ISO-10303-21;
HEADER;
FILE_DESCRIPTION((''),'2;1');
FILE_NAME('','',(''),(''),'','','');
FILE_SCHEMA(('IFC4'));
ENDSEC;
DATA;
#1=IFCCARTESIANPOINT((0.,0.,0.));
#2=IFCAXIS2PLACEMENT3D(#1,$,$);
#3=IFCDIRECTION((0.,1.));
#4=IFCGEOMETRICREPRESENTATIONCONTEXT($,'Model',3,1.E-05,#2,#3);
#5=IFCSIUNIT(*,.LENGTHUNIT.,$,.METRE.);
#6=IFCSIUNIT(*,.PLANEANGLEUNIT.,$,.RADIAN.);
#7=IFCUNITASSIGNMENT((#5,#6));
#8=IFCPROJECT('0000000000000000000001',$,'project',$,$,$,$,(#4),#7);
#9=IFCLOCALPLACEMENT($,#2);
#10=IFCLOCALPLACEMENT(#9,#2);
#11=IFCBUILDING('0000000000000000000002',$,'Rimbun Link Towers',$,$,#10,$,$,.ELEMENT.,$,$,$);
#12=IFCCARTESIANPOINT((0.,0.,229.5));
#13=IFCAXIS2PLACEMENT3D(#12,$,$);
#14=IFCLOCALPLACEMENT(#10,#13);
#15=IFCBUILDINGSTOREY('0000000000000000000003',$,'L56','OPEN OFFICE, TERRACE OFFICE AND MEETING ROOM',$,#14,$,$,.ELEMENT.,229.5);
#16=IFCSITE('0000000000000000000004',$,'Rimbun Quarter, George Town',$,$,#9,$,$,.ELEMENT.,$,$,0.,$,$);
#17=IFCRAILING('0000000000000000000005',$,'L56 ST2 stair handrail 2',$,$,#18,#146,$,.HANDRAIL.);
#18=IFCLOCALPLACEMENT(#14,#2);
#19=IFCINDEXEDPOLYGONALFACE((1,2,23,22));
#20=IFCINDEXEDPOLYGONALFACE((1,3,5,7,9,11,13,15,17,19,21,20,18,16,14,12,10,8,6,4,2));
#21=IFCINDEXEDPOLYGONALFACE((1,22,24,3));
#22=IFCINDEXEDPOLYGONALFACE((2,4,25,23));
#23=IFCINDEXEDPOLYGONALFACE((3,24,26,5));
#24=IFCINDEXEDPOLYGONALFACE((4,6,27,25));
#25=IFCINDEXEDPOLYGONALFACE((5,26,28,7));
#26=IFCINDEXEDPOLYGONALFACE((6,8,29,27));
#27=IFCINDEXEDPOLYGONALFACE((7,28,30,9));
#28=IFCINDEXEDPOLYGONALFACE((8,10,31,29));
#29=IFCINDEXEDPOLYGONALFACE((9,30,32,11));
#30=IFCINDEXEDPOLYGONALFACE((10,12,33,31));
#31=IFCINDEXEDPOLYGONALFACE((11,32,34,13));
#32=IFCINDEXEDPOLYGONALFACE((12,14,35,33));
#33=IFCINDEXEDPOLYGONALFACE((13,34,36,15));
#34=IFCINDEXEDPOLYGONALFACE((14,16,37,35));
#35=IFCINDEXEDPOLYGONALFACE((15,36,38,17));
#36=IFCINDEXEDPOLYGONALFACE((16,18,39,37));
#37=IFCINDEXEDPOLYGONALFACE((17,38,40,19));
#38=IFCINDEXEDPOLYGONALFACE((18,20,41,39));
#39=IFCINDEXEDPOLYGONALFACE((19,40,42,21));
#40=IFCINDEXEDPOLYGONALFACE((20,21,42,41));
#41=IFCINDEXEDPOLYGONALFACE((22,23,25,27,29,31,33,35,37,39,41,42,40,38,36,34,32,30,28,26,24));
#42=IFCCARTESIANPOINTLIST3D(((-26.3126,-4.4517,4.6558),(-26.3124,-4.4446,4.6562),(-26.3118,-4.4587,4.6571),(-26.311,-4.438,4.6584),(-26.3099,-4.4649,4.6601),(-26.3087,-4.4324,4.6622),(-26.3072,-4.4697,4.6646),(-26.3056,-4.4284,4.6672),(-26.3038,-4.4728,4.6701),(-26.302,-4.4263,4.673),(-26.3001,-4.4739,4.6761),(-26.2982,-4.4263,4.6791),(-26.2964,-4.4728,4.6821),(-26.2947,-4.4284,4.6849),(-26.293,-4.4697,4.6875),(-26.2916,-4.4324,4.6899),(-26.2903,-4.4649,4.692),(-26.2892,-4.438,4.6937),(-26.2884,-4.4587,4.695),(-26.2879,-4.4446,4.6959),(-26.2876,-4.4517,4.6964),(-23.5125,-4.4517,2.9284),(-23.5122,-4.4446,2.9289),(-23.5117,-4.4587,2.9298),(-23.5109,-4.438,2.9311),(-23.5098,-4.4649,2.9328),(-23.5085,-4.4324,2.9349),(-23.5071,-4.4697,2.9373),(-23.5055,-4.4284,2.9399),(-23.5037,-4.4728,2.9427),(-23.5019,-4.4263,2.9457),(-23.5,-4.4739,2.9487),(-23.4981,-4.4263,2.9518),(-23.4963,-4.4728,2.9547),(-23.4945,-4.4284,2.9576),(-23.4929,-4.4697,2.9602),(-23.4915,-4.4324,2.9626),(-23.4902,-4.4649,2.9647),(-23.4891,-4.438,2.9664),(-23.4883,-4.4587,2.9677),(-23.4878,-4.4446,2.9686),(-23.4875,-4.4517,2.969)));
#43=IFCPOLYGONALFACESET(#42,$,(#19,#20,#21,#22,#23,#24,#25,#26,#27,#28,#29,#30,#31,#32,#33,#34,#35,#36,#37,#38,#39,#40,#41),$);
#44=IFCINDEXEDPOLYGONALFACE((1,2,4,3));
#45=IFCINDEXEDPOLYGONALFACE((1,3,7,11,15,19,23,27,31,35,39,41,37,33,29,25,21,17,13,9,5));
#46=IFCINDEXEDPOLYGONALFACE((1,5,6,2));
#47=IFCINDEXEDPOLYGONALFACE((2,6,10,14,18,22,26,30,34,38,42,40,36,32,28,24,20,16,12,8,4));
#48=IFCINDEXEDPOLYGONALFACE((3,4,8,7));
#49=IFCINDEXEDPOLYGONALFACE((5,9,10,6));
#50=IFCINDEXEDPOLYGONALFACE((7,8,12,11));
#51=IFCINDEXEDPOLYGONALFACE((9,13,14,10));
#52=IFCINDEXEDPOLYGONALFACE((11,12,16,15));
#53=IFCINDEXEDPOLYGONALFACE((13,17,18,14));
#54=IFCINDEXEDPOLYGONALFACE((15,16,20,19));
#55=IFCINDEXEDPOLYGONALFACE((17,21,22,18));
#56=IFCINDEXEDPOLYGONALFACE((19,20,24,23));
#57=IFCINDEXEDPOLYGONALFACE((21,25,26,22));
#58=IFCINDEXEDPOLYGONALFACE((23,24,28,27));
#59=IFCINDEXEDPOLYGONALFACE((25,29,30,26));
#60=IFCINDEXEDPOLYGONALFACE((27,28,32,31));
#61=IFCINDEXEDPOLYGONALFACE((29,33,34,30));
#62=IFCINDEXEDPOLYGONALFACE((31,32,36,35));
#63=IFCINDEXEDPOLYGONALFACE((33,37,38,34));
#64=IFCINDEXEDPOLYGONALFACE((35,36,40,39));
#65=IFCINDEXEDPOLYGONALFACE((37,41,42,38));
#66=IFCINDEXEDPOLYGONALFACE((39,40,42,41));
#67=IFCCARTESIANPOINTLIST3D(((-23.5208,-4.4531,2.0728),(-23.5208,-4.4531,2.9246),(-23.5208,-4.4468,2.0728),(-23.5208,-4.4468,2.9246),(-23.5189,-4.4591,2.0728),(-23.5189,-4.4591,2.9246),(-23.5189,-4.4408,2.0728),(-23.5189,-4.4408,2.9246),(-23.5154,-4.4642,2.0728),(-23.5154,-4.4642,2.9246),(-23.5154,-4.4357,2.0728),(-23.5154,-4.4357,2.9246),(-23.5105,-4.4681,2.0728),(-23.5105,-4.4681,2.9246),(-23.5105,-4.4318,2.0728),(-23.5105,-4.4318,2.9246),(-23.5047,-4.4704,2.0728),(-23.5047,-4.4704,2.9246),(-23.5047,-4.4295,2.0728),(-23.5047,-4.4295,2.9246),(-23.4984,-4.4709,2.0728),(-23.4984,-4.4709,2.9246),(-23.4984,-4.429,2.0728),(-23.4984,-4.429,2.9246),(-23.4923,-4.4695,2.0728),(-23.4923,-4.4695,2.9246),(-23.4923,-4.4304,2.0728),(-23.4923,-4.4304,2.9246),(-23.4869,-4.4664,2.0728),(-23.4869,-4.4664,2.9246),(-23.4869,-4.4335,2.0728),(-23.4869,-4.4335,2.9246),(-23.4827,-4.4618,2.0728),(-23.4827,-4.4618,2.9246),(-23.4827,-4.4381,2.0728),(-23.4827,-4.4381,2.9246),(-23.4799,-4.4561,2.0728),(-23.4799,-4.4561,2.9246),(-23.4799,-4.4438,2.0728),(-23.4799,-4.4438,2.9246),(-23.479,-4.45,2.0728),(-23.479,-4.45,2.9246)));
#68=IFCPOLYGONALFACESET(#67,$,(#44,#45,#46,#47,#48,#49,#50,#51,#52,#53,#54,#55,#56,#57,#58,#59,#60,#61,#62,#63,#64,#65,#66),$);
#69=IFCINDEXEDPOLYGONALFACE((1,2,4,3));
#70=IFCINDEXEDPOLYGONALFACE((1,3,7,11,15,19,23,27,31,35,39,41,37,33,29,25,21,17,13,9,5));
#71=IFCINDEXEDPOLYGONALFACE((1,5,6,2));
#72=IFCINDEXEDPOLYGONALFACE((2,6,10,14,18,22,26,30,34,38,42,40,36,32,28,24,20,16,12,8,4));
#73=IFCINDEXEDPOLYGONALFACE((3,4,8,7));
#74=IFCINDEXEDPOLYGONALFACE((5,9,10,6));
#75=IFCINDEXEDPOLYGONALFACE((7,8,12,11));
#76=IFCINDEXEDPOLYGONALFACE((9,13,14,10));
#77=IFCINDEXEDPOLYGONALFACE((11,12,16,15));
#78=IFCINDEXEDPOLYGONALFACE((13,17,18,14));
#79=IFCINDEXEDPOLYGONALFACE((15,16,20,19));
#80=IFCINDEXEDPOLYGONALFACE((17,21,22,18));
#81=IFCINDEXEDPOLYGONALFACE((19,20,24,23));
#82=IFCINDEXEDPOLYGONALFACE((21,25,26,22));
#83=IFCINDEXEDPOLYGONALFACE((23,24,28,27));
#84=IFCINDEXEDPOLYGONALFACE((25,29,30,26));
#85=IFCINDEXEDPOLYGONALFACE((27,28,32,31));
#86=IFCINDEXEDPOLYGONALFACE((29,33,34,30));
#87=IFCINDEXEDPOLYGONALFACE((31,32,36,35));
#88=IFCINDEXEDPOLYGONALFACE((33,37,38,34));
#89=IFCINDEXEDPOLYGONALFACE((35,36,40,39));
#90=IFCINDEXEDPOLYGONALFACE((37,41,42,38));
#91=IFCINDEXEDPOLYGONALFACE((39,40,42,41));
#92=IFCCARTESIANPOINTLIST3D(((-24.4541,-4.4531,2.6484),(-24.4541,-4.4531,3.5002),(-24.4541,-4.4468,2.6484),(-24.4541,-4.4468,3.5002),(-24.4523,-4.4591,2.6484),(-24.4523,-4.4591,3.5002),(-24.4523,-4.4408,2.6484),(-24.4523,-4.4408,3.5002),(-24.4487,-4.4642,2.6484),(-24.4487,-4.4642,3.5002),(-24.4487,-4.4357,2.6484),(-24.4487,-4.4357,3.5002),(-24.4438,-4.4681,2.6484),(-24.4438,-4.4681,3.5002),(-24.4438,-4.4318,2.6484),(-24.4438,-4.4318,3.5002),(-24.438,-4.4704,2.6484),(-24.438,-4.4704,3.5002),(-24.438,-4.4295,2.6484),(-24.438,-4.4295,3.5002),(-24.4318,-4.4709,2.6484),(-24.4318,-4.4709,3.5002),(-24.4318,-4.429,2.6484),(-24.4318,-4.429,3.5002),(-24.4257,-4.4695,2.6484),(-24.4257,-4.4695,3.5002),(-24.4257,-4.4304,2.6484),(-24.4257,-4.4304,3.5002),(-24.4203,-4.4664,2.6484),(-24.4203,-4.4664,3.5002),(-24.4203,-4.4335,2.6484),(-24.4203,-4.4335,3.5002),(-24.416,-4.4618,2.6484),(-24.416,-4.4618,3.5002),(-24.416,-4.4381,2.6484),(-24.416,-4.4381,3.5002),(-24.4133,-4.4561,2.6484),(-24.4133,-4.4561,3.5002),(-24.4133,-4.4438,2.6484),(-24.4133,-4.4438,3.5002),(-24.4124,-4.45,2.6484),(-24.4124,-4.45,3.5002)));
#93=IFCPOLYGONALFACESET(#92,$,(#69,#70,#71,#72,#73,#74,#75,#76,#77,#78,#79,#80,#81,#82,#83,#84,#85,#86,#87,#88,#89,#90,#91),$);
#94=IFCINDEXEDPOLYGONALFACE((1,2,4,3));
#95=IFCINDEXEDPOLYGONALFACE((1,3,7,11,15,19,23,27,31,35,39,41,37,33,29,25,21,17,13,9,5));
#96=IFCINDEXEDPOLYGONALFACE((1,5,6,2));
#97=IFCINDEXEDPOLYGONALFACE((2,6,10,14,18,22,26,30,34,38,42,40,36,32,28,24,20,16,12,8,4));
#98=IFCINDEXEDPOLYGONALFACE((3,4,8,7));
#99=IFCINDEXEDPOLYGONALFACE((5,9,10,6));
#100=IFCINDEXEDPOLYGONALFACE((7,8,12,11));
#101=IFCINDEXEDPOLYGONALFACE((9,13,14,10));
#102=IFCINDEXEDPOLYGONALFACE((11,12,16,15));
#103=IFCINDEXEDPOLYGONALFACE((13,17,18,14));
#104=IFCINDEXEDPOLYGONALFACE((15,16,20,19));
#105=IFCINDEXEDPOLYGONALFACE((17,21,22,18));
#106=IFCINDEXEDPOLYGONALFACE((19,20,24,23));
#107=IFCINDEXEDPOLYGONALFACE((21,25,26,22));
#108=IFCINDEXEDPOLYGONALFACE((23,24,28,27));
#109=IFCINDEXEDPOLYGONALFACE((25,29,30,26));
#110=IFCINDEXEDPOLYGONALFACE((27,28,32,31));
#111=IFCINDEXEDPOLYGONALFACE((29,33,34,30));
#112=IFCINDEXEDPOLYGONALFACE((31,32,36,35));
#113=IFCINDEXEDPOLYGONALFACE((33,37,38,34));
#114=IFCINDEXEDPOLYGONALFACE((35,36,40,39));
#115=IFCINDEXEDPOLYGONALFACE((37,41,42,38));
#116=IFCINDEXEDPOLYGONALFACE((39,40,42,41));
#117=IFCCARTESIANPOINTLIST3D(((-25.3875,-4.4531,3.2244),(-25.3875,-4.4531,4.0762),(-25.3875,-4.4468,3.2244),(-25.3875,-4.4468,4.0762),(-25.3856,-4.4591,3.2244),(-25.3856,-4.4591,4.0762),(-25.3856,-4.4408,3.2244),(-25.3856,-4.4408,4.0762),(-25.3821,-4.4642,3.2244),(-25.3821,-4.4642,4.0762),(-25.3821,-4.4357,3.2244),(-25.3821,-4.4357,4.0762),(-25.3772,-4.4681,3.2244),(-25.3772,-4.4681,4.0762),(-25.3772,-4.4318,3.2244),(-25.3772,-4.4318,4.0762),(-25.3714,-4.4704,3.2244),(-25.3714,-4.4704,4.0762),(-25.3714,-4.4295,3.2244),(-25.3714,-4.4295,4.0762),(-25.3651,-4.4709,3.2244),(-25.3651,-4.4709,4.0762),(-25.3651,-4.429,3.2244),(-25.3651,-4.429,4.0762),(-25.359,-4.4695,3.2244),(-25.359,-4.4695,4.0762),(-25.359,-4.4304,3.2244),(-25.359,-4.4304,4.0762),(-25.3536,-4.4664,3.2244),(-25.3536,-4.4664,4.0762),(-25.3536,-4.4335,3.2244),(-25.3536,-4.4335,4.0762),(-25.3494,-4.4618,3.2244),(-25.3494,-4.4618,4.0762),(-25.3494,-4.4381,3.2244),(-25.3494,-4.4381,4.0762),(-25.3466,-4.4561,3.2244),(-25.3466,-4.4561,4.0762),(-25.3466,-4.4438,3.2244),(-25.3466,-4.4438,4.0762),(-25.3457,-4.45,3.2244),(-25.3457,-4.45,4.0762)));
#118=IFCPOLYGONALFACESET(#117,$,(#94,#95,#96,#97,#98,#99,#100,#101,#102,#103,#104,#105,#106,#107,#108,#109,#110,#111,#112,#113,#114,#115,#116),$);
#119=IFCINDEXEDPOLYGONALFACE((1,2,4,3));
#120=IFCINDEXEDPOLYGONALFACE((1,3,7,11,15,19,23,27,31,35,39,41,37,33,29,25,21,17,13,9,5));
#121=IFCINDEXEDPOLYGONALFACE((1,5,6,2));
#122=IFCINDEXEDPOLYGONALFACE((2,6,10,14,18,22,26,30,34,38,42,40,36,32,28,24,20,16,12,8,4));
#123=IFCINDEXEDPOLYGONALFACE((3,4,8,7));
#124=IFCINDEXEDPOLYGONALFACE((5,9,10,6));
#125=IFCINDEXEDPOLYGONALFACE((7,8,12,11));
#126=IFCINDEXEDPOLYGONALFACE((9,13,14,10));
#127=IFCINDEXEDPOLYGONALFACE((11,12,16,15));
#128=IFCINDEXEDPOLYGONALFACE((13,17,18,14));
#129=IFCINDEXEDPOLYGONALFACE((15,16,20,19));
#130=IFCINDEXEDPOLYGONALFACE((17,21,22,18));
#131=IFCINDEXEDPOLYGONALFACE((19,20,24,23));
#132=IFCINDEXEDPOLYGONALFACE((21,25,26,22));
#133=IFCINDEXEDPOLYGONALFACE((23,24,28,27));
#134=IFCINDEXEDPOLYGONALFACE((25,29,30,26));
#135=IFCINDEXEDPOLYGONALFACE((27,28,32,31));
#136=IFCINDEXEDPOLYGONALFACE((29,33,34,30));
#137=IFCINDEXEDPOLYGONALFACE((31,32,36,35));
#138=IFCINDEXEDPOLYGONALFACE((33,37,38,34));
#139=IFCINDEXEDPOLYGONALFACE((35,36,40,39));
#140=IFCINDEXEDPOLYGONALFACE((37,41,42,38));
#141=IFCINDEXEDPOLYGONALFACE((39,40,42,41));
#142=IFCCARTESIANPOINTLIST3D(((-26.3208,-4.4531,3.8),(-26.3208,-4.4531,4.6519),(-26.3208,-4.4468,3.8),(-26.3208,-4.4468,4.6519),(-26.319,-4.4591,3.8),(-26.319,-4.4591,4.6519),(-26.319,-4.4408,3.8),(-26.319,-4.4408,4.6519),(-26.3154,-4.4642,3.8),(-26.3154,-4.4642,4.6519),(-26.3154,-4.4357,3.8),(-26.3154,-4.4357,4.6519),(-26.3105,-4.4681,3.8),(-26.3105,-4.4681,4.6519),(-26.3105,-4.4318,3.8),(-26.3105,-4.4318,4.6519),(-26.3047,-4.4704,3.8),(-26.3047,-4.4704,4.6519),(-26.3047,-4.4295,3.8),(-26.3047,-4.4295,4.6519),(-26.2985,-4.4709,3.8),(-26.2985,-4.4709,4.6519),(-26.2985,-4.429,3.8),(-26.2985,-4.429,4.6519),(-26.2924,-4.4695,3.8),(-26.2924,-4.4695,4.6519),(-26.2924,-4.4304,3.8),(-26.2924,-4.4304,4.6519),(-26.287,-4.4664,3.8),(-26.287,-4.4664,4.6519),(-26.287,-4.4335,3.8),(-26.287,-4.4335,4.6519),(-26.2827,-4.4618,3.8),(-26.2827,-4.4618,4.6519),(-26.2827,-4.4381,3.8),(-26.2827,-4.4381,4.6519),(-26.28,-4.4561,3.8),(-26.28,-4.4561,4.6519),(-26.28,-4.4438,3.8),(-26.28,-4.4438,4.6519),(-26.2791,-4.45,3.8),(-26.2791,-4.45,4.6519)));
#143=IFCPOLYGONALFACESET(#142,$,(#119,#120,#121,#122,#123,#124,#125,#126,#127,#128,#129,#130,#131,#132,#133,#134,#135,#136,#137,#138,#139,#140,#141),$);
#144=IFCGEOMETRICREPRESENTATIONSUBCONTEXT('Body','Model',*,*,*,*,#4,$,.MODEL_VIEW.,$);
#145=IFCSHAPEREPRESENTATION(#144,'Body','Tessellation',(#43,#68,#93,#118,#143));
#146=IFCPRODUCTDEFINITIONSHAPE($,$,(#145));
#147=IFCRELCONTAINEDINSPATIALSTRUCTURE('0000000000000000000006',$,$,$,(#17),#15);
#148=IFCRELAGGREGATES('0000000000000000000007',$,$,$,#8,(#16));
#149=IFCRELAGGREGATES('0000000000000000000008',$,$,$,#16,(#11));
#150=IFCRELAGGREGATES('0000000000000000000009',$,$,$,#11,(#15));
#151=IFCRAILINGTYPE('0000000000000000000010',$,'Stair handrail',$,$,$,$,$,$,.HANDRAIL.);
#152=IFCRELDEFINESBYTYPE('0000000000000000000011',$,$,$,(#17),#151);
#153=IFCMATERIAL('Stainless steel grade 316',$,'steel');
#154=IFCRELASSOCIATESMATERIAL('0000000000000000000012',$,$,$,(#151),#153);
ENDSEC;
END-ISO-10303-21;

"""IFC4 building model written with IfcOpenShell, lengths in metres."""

from ifc_helpers import new_model, si_unit, direction, frame, origin, origin_2d, place, context, subcontext, project, spatial, circle, extrude, material, type_object, element, save


model = new_model("IFC4")

# Units and contexts
model_context = context("Model", 3, precision=1e-05, world=origin(), true_north=direction((0.0, 1.0)))
body_context = subcontext(model_context, "Body", "Model", "MODEL_VIEW")
ifc_project = project(units=[si_unit("LENGTHUNIT", "METRE"), si_unit("PLANEANGLEUNIT", "RADIAN")], contexts=[model_context])

# Site, building, storey
site_placement = place(None, origin())
site = spatial("IfcSite", under=ifc_project, at=site_placement, Name="Rimbun Quarter, George Town", CompositionType="ELEMENT", RefElevation=0.0)
building_placement = place(site_placement, origin())
building = spatial("IfcBuilding", under=site, at=building_placement, Name="Rimbun Link Towers", CompositionType="ELEMENT")
storey_placement = place(building_placement, frame((0.0, 0.0, 229.5)))
storey = spatial("IfcBuildingStorey", under=building, at=storey_placement, Name="L56", Description="OPEN OFFICE, TERRACE OFFICE AND MEETING ROOM", CompositionType="ELEMENT", Elevation=229.5)

# Railing
ifc_material_1 = material(Name="Stainless steel grade 316", Category="steel")
railing_type_1 = type_object("IfcRailingType", Name="Stair handrail", PredefinedType="HANDRAIL", material=ifc_material_1)
railing_1_placement = place(storey_placement, frame((-23.5, -4.45, 2.0728)))
element("IfcRailing", 1, at=railing_1_placement, inside=storey, type_object=railing_type_1, Name="L56 ST2 stair handrail 2", PredefinedType="HANDRAIL", context=body_context, shape_type="SweptSolid", body=[
    extrude(circle(Radius=0.0239, at=origin_2d()), frame((0.0, 0.0, 0.876), z_axis=(-0.85109, 0.0, 0.52502), x_axis=(0.0, -1.0, 0.0)), (0.0, 0.0, 1.0), 3.29),
    extrude(circle(Radius=0.021, at=origin_2d()), origin(), (0.0, 0.0, 1.0), 0.8518),
    extrude(circle(Radius=0.021, at=origin_2d()), frame((-0.9333, 0.0, 0.5757)), (0.0, 0.0, 1.0), 0.8518),
    extrude(circle(Radius=0.021, at=origin_2d()), frame((-1.8667, 0.0, 1.1516)), (0.0, 0.0, 1.0), 0.8518),
    extrude(circle(Radius=0.021, at=origin_2d()), frame((-2.8, 0.0, 1.7273)), (0.0, 0.0, 1.0), 0.8518),
])

save(model, "model.ifc")
